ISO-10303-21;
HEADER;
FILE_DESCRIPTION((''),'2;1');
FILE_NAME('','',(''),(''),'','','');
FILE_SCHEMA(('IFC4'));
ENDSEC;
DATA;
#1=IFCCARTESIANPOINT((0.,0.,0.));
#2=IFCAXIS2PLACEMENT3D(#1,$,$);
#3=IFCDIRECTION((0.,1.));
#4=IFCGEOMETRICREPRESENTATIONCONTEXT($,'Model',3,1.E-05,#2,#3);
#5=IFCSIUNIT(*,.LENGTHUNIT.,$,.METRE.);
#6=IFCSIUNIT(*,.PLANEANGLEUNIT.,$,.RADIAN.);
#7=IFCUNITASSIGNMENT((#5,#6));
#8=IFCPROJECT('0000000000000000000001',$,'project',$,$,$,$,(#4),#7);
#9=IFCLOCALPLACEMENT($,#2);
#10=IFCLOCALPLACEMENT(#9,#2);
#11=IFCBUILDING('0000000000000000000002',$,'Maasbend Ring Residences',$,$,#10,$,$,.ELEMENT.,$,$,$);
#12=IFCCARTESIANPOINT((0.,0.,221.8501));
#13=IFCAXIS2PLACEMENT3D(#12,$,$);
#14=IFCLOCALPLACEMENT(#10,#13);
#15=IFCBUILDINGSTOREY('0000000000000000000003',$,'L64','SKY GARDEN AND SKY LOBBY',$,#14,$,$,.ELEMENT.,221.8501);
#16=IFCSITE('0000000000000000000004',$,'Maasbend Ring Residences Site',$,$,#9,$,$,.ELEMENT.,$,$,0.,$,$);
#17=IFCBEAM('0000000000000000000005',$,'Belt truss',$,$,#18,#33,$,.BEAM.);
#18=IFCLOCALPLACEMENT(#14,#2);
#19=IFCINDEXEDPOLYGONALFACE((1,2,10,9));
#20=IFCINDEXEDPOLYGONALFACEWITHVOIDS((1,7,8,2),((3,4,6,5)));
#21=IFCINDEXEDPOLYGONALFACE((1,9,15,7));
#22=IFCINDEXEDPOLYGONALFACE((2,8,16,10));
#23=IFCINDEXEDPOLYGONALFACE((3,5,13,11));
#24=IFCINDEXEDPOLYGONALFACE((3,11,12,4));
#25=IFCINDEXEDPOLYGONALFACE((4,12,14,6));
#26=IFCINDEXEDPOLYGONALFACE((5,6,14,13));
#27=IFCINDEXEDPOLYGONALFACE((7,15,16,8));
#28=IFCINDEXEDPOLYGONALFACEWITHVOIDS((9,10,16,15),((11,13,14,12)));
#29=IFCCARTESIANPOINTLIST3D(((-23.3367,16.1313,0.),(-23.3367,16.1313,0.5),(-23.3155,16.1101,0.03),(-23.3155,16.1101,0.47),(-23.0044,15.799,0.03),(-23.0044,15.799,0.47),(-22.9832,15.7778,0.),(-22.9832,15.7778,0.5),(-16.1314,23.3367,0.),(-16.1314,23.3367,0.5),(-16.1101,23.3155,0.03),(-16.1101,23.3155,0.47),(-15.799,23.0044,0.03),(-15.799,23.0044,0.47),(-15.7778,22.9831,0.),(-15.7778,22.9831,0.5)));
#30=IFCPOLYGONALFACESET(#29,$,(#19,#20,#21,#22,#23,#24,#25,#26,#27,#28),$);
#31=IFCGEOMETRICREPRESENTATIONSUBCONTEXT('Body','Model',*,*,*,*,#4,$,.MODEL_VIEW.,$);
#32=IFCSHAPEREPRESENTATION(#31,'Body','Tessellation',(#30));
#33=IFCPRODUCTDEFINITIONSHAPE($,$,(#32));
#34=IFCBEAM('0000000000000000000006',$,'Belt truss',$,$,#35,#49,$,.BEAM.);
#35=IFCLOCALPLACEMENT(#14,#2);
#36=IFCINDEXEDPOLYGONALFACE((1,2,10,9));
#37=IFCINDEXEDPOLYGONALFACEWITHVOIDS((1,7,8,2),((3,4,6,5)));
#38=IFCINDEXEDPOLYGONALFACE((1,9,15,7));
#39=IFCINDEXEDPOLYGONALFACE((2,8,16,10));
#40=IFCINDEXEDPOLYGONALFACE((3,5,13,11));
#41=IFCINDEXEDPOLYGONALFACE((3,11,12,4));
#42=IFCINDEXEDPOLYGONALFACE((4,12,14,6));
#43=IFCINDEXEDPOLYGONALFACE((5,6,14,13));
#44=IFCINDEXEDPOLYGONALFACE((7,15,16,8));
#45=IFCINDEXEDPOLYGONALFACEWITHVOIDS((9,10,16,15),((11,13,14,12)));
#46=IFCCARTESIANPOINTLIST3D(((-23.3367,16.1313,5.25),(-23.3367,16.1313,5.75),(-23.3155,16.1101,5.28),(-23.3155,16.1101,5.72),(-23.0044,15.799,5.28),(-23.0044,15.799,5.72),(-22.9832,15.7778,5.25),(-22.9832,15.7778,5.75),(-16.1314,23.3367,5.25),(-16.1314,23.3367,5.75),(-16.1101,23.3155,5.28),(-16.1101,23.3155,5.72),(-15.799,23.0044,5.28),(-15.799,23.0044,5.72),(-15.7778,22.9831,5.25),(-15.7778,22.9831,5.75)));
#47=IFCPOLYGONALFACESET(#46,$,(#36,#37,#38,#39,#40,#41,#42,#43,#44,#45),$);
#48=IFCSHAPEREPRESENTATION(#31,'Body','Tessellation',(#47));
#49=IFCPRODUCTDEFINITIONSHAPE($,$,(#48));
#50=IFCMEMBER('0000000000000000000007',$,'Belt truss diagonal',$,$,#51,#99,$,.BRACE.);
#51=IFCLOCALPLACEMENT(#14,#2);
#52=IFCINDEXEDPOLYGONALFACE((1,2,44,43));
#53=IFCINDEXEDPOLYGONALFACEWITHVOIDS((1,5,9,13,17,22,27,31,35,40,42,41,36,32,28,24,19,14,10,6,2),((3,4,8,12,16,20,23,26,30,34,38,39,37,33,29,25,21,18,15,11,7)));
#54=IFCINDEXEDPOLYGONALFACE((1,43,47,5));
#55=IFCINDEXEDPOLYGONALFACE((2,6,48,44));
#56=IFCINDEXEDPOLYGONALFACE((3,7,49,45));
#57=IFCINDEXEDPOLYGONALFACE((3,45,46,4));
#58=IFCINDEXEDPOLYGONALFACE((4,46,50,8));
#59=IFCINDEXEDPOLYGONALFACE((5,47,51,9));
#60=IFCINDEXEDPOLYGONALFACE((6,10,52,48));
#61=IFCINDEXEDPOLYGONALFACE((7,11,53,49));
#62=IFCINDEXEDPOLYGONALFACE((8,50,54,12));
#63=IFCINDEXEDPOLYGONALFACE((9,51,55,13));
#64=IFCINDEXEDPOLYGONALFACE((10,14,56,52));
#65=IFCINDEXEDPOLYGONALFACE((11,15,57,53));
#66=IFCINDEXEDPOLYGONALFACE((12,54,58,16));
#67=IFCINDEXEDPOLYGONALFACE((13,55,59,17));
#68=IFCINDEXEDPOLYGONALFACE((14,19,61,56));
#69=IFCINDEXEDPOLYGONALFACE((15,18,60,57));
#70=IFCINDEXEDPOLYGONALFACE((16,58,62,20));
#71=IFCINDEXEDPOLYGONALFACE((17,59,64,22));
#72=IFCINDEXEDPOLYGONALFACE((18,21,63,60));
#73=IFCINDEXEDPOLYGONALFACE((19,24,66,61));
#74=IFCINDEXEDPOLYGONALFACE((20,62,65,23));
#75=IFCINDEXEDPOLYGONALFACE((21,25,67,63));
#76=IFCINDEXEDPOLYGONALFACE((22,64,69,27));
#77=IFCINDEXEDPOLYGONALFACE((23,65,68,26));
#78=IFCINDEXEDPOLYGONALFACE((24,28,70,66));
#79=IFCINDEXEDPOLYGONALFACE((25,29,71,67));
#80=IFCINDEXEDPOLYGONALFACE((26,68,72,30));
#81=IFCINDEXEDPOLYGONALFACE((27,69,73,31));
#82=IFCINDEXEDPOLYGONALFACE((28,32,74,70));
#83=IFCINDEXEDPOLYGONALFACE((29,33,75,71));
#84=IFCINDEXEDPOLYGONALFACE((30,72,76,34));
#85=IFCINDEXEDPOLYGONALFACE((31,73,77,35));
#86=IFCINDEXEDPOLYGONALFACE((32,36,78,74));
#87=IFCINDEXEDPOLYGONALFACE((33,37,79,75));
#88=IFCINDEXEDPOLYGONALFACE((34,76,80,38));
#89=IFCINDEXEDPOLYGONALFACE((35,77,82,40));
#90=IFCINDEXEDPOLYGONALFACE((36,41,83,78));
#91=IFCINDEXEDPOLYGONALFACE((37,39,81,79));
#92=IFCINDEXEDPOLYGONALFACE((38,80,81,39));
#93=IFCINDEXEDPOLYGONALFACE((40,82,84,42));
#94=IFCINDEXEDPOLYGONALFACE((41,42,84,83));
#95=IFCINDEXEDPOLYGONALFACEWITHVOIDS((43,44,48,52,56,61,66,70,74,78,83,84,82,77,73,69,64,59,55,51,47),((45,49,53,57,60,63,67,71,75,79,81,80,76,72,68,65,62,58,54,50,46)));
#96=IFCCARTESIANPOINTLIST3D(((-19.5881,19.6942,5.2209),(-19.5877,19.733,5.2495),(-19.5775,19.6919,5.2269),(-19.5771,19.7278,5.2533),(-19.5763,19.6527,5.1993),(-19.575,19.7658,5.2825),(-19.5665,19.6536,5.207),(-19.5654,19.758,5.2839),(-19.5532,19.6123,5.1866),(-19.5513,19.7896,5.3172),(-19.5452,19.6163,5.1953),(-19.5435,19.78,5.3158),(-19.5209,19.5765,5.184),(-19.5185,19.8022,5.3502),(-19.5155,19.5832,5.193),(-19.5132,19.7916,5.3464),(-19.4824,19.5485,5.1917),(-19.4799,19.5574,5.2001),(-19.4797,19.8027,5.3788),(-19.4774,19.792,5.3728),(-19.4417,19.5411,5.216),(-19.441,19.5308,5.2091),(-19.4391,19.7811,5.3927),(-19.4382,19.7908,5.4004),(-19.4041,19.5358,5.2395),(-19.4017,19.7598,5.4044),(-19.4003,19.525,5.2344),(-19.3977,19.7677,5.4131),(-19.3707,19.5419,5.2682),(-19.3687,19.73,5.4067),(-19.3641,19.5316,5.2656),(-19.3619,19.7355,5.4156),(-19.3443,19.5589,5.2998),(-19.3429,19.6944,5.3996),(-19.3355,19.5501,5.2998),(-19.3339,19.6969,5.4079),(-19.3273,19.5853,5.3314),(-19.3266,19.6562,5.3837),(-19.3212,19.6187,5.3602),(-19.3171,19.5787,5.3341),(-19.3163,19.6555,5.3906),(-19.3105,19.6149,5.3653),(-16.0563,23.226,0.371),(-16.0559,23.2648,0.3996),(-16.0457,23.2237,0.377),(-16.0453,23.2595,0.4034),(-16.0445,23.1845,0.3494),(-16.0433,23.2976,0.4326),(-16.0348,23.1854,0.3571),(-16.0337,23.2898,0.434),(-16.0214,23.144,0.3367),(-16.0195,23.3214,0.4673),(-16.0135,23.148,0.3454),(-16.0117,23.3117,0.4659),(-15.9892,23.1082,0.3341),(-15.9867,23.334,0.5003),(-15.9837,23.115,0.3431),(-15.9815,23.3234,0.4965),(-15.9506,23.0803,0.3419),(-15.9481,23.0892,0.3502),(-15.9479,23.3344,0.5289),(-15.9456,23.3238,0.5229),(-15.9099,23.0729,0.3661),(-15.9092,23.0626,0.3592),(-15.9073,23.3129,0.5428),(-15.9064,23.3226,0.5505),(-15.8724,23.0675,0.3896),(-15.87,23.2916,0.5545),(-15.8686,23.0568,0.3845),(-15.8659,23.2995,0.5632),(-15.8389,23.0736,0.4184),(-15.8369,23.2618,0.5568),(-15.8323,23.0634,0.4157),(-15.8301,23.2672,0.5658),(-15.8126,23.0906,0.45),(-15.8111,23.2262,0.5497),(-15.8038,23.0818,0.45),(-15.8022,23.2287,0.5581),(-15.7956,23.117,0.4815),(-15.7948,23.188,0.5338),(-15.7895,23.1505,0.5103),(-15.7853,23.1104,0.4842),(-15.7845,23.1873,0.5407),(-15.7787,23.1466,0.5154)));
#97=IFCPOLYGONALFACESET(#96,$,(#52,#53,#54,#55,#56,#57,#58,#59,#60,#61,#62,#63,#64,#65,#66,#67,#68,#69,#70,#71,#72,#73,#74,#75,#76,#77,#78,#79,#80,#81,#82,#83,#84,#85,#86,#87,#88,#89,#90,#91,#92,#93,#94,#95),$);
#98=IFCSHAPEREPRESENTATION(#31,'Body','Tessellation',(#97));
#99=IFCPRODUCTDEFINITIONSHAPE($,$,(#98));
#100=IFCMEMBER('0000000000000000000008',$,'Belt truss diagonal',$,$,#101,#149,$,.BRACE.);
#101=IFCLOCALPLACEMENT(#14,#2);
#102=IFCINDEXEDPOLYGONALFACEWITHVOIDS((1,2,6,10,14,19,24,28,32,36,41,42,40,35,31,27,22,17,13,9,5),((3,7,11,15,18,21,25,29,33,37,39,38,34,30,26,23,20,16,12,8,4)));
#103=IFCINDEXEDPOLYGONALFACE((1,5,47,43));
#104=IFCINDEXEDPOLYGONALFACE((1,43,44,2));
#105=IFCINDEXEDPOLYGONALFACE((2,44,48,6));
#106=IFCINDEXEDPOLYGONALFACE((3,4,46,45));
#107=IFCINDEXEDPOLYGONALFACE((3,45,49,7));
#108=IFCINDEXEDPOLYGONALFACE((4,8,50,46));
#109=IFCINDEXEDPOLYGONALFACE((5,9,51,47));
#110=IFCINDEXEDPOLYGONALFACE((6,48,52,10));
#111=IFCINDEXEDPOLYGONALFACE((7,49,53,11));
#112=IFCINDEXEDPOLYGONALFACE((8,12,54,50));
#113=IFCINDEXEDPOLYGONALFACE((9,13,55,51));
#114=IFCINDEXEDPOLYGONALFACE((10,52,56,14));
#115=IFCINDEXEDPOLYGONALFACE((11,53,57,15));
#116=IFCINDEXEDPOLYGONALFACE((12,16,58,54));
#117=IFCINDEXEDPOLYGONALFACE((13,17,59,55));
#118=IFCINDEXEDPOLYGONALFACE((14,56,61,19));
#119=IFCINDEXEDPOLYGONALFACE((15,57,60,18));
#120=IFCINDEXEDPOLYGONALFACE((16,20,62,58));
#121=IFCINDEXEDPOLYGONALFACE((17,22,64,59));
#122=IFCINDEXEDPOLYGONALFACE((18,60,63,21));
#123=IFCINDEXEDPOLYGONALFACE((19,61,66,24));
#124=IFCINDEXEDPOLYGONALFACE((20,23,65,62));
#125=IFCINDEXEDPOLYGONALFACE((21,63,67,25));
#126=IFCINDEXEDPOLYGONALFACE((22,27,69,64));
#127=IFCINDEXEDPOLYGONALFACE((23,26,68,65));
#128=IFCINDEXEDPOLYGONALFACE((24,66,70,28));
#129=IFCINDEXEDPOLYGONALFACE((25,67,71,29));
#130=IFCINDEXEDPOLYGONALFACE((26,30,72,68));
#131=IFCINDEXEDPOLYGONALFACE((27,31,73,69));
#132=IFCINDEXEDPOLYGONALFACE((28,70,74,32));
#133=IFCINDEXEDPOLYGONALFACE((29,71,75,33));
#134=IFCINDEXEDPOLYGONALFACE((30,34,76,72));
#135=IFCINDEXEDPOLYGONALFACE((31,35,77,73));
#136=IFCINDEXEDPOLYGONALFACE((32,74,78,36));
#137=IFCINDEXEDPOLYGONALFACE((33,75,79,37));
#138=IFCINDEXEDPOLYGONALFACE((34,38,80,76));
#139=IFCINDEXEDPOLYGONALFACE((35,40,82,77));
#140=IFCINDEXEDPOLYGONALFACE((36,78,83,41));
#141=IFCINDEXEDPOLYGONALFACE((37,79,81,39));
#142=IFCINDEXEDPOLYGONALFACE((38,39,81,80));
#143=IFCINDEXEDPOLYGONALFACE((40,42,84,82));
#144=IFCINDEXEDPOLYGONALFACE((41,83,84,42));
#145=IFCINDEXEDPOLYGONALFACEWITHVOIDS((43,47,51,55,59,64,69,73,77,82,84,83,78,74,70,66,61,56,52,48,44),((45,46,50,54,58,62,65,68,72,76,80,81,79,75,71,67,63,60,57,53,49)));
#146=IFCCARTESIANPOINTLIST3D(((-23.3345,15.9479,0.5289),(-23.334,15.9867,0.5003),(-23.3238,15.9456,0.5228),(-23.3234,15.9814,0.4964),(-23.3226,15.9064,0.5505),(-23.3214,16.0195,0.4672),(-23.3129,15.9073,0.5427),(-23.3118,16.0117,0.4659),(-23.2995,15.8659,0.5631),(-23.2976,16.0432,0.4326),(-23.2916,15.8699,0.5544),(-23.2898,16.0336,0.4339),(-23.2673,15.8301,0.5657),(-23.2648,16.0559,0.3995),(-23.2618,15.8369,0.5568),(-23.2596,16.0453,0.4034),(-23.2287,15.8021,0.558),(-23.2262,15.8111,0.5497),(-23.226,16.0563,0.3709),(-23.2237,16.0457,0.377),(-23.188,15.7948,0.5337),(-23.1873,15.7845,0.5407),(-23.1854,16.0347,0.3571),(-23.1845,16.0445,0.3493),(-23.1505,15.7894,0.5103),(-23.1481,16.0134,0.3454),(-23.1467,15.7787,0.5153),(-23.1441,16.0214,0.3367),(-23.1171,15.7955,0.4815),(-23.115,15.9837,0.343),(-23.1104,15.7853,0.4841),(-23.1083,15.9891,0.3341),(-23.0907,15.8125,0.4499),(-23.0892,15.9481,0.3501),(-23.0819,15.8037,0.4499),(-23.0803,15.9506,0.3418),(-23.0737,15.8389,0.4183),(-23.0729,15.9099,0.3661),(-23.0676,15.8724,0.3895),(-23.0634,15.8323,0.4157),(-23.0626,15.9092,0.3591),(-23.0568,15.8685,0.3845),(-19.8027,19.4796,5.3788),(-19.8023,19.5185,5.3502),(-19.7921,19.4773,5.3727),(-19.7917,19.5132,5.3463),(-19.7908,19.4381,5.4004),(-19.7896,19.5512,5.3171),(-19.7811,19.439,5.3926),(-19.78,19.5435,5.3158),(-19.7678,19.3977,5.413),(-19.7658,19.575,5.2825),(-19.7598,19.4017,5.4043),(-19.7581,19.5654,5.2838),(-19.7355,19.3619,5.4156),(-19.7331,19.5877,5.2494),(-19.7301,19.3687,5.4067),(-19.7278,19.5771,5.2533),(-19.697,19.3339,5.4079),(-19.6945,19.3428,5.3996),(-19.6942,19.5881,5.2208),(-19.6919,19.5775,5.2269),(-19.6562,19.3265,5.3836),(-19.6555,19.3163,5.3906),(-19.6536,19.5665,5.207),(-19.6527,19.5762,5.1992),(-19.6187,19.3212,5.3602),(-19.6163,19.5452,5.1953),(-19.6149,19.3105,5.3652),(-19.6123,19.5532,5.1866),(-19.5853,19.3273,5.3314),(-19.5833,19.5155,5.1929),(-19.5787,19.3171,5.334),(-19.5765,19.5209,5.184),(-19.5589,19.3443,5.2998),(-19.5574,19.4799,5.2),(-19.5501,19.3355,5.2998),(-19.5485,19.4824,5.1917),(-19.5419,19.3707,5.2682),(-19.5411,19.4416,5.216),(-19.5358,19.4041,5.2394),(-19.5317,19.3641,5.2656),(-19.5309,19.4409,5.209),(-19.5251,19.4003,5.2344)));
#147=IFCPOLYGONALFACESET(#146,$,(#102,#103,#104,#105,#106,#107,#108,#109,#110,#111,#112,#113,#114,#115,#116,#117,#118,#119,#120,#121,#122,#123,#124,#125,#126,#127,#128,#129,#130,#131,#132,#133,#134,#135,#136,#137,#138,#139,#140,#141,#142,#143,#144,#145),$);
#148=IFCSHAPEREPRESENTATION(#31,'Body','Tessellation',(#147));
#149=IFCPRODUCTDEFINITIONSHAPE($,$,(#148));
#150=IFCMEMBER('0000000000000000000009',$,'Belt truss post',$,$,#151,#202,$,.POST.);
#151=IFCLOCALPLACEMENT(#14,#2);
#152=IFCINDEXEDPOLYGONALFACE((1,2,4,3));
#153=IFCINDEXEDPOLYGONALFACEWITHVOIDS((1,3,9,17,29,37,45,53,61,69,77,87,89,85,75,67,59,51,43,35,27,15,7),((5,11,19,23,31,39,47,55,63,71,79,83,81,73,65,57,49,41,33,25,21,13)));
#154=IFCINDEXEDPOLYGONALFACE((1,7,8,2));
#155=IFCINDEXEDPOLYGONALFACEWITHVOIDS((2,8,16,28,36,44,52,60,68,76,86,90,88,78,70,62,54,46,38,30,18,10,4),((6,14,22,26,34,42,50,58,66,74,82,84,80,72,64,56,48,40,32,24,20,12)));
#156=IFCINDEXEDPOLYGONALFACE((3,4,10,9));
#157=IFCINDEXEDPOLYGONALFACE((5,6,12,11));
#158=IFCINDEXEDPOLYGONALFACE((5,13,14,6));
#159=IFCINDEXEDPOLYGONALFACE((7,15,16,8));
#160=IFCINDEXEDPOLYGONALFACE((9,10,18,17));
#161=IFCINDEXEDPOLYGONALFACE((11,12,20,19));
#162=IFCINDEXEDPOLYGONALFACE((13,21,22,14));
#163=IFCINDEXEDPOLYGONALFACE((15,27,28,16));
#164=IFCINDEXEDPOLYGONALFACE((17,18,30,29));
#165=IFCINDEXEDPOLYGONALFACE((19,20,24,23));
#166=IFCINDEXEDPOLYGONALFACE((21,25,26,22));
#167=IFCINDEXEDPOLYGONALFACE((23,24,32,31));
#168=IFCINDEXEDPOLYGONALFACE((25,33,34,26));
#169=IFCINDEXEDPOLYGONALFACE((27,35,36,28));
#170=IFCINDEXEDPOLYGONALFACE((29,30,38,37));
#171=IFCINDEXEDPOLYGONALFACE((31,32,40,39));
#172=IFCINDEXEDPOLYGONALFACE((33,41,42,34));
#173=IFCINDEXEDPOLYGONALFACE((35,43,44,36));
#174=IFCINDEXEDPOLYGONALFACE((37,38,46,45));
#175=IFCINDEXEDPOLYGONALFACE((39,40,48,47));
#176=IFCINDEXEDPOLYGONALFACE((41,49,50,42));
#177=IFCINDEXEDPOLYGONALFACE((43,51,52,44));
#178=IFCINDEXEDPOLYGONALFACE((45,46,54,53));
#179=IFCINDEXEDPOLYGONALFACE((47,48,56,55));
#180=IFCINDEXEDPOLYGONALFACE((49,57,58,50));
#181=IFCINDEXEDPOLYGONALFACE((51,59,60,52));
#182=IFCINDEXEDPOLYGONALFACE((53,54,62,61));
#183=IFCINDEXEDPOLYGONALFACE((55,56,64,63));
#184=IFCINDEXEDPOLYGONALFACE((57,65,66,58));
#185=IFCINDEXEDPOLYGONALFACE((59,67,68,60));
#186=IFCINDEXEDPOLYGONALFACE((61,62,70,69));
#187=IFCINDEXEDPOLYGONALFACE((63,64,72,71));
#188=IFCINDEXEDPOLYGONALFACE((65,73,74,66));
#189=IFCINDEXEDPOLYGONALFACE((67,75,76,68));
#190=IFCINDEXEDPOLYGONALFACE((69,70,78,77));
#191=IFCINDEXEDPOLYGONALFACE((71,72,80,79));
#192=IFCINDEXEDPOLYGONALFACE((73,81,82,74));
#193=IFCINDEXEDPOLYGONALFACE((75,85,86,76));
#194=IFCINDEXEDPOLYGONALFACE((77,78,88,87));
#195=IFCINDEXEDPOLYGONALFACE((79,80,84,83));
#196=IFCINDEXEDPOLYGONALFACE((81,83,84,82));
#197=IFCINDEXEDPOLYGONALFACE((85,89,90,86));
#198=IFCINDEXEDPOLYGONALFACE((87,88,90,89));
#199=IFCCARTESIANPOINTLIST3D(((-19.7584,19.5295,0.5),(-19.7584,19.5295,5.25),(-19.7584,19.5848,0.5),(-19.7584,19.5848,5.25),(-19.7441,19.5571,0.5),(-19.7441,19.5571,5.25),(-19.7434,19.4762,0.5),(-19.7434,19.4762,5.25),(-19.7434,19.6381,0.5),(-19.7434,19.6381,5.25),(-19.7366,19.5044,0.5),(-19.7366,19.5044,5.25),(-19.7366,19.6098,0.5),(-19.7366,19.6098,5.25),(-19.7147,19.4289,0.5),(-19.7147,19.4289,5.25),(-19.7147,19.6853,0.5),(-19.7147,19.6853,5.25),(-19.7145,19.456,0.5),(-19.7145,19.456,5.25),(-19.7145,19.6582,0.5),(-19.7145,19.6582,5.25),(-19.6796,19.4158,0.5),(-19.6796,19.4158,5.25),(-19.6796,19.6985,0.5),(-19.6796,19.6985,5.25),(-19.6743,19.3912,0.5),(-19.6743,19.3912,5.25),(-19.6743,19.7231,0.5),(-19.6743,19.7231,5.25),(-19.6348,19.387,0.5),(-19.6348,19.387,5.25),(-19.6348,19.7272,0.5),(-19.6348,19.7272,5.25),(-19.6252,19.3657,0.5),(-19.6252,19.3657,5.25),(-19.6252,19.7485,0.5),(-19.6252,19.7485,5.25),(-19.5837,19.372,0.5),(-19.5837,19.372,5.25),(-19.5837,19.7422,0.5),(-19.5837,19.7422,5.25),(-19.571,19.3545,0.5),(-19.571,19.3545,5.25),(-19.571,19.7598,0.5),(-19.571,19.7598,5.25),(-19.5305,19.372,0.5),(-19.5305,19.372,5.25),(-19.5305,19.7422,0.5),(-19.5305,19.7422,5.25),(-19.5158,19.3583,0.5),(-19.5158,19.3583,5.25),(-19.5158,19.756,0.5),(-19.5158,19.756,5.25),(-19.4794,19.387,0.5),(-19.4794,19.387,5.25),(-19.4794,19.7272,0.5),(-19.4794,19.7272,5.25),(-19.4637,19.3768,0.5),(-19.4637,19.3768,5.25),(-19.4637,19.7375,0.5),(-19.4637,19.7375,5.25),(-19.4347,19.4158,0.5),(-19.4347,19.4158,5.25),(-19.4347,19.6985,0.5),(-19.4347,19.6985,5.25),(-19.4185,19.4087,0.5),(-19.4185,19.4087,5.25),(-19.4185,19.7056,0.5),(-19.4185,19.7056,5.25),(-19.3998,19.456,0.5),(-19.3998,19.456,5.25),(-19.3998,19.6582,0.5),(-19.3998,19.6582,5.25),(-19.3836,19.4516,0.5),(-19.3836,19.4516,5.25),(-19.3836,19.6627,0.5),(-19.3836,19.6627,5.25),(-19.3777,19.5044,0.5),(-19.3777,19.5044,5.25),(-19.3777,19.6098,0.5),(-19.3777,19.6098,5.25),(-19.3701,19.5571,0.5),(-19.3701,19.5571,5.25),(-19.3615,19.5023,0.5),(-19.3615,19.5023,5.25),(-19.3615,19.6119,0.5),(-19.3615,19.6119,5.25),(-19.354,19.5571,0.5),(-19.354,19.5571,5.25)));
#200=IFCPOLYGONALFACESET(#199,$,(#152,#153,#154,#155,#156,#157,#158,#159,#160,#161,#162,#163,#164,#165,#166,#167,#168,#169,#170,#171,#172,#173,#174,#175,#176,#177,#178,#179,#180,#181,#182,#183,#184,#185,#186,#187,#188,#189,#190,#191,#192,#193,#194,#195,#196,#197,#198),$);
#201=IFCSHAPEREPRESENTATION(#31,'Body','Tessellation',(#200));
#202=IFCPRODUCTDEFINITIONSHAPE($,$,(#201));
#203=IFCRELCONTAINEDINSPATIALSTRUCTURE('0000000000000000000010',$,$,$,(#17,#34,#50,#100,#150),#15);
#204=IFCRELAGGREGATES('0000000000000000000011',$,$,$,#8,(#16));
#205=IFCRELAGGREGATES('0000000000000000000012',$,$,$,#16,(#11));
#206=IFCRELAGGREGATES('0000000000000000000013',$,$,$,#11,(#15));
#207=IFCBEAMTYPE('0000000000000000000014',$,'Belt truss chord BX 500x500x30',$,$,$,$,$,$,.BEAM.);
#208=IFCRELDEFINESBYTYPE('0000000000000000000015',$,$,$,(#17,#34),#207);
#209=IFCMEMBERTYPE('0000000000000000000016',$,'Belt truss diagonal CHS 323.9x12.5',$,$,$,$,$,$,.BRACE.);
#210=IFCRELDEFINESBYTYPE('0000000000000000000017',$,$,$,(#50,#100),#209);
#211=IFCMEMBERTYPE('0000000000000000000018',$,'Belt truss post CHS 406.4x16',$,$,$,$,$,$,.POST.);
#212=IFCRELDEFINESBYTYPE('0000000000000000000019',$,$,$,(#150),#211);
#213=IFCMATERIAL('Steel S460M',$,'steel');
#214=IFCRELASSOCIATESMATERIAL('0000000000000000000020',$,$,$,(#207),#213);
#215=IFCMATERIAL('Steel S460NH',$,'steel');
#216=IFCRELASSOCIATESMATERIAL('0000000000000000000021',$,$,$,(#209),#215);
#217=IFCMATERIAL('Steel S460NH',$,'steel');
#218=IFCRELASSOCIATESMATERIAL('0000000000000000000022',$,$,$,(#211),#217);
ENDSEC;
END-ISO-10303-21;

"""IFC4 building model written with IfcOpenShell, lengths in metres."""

from ifc_helpers import new_model, si_unit, direction, frame, origin, origin_2d, place, context, subcontext, project, spatial, hollow_rectangle, hollow_circle, extrude, material, material_profile, profile_set, type_object, element, save


model = new_model("IFC4")

# Units and contexts
model_context = context("Model", 3, precision=1e-05, world=origin(), true_north=direction((0.0, 1.0)))
body_context = subcontext(model_context, "Body", "Model", "MODEL_VIEW")
ifc_project = project(units=[si_unit("LENGTHUNIT", "METRE"), si_unit("PLANEANGLEUNIT", "RADIAN")], contexts=[model_context])

# Site, building, storey
site_placement = place(None, origin())
site = spatial("IfcSite", under=ifc_project, at=site_placement, Name="Maasbend Ring Residences Site", CompositionType="ELEMENT", RefElevation=0.0)
building_placement = place(site_placement, origin())
building = spatial("IfcBuilding", under=site, at=building_placement, Name="Maasbend Ring Residences", CompositionType="ELEMENT")
storey_placement = place(building_placement, frame((0.0, 0.0, 221.8501)))
storey = spatial("IfcBuildingStorey", under=building, at=storey_placement, Name="L64", Description="SKY GARDEN AND SKY LOBBY", CompositionType="ELEMENT", Elevation=221.8501)

# Beams
ifc_material_1 = material(Name="Steel S460M", Category="steel")
ifc_material_profile_1 = material_profile(ifc_material_1, hollow_rectangle(XDim=0.5, YDim=0.5, WallThickness=0.03, at=origin_2d()), Name="Belt truss chord BX 500x500x30")
ifc_profile_set_1 = profile_set([ifc_material_profile_1], Name="Steel S460M")
beam_type_1 = type_object("IfcBeamType", Name="Belt truss chord BX 500x500x30", PredefinedType="BEAM", material=ifc_profile_set_1)
for number, where, z_axis, x_axis, name in (
    (1, (-15.9546, 23.1599, 0.25), (-0.707107, -0.707107, 0.0), (0.707107, -0.707107, 0.0), "Belt truss"),
    (2, (-15.9546, 23.1599, 5.5), (-0.707107, -0.707107, 0.0), (0.707107, -0.707107, 0.0), "Belt truss"),
):
    element("IfcBeam", number, at=place(storey_placement, frame(where, z_axis=z_axis, x_axis=x_axis)), inside=storey, type_object=beam_type_1, Name=name, PredefinedType="BEAM", context=body_context, shape_type="SweptSolid", body=[
        extrude(hollow_rectangle(XDim=0.5, YDim=0.5, WallThickness=0.03, at=origin_2d()), origin(), (0.0, 0.0, 1.0), 10.1899),
    ])

# Members
ifc_material_2 = material(Name="Steel S460NH", Category="steel")
ifc_material_profile_2 = material_profile(ifc_material_2, hollow_circle(Radius=0.1619, WallThickness=0.0125, at=origin_2d()), Name="Belt truss diagonal CHS 323.9x12.5")
ifc_profile_set_2 = profile_set([ifc_material_profile_2], Name="Steel S460NH")
member_type_1 = type_object("IfcMemberType", Name="Belt truss diagonal CHS 323.9x12.5", PredefinedType="BRACE", material=ifc_profile_set_2)
for number, where, z_axis, x_axis, name in (
    (3, (-15.9182, 23.1963, 0.45), (-0.507298, -0.507298, 0.696632), (0.707107, -0.707107, 0.0), "Belt truss diagonal"),
    (4, (-19.6646, 19.45, 5.2998), (-0.507298, -0.507298, -0.696632), (0.707107, -0.707107, 0.0), "Belt truss diagonal"),
):
    element("IfcMember", number, at=place(storey_placement, frame(where, z_axis=z_axis, x_axis=x_axis)), inside=storey, type_object=member_type_1, Name=name, PredefinedType="BRACE", context=body_context, shape_type="SweptSolid", body=[
        extrude(hollow_circle(Radius=0.1619, WallThickness=0.0125, at=origin_2d()), origin(), (0.0, 0.0, 1.0), 6.9619),
    ])
ifc_material_3 = material(Name="Steel S460NH", Category="steel")
ifc_material_profile_3 = material_profile(ifc_material_3, hollow_circle(Radius=0.2031, WallThickness=0.0161, at=origin_2d()), Name="Belt truss post CHS 406.4x16")
ifc_profile_set_3 = profile_set([ifc_material_profile_3], Name="Steel S460NH")
member_type_2 = type_object("IfcMemberType", Name="Belt truss post CHS 406.4x16", PredefinedType="POST", material=ifc_profile_set_3)
member_1_placement = place(storey_placement, frame((-19.5571, 19.5571, 0.5), z_axis=(0.0, 0.0, 1.0), x_axis=(1.0, 0.0, 0.0)))
element("IfcMember", 5, at=member_1_placement, inside=storey, type_object=member_type_2, Name="Belt truss post", PredefinedType="POST", context=body_context, shape_type="SweptSolid", body=[
    extrude(hollow_circle(Radius=0.2031, WallThickness=0.0161, at=origin_2d()), origin(), (0.0, 0.0, 1.0), 4.75),
])

save(model, "model.ifc")
